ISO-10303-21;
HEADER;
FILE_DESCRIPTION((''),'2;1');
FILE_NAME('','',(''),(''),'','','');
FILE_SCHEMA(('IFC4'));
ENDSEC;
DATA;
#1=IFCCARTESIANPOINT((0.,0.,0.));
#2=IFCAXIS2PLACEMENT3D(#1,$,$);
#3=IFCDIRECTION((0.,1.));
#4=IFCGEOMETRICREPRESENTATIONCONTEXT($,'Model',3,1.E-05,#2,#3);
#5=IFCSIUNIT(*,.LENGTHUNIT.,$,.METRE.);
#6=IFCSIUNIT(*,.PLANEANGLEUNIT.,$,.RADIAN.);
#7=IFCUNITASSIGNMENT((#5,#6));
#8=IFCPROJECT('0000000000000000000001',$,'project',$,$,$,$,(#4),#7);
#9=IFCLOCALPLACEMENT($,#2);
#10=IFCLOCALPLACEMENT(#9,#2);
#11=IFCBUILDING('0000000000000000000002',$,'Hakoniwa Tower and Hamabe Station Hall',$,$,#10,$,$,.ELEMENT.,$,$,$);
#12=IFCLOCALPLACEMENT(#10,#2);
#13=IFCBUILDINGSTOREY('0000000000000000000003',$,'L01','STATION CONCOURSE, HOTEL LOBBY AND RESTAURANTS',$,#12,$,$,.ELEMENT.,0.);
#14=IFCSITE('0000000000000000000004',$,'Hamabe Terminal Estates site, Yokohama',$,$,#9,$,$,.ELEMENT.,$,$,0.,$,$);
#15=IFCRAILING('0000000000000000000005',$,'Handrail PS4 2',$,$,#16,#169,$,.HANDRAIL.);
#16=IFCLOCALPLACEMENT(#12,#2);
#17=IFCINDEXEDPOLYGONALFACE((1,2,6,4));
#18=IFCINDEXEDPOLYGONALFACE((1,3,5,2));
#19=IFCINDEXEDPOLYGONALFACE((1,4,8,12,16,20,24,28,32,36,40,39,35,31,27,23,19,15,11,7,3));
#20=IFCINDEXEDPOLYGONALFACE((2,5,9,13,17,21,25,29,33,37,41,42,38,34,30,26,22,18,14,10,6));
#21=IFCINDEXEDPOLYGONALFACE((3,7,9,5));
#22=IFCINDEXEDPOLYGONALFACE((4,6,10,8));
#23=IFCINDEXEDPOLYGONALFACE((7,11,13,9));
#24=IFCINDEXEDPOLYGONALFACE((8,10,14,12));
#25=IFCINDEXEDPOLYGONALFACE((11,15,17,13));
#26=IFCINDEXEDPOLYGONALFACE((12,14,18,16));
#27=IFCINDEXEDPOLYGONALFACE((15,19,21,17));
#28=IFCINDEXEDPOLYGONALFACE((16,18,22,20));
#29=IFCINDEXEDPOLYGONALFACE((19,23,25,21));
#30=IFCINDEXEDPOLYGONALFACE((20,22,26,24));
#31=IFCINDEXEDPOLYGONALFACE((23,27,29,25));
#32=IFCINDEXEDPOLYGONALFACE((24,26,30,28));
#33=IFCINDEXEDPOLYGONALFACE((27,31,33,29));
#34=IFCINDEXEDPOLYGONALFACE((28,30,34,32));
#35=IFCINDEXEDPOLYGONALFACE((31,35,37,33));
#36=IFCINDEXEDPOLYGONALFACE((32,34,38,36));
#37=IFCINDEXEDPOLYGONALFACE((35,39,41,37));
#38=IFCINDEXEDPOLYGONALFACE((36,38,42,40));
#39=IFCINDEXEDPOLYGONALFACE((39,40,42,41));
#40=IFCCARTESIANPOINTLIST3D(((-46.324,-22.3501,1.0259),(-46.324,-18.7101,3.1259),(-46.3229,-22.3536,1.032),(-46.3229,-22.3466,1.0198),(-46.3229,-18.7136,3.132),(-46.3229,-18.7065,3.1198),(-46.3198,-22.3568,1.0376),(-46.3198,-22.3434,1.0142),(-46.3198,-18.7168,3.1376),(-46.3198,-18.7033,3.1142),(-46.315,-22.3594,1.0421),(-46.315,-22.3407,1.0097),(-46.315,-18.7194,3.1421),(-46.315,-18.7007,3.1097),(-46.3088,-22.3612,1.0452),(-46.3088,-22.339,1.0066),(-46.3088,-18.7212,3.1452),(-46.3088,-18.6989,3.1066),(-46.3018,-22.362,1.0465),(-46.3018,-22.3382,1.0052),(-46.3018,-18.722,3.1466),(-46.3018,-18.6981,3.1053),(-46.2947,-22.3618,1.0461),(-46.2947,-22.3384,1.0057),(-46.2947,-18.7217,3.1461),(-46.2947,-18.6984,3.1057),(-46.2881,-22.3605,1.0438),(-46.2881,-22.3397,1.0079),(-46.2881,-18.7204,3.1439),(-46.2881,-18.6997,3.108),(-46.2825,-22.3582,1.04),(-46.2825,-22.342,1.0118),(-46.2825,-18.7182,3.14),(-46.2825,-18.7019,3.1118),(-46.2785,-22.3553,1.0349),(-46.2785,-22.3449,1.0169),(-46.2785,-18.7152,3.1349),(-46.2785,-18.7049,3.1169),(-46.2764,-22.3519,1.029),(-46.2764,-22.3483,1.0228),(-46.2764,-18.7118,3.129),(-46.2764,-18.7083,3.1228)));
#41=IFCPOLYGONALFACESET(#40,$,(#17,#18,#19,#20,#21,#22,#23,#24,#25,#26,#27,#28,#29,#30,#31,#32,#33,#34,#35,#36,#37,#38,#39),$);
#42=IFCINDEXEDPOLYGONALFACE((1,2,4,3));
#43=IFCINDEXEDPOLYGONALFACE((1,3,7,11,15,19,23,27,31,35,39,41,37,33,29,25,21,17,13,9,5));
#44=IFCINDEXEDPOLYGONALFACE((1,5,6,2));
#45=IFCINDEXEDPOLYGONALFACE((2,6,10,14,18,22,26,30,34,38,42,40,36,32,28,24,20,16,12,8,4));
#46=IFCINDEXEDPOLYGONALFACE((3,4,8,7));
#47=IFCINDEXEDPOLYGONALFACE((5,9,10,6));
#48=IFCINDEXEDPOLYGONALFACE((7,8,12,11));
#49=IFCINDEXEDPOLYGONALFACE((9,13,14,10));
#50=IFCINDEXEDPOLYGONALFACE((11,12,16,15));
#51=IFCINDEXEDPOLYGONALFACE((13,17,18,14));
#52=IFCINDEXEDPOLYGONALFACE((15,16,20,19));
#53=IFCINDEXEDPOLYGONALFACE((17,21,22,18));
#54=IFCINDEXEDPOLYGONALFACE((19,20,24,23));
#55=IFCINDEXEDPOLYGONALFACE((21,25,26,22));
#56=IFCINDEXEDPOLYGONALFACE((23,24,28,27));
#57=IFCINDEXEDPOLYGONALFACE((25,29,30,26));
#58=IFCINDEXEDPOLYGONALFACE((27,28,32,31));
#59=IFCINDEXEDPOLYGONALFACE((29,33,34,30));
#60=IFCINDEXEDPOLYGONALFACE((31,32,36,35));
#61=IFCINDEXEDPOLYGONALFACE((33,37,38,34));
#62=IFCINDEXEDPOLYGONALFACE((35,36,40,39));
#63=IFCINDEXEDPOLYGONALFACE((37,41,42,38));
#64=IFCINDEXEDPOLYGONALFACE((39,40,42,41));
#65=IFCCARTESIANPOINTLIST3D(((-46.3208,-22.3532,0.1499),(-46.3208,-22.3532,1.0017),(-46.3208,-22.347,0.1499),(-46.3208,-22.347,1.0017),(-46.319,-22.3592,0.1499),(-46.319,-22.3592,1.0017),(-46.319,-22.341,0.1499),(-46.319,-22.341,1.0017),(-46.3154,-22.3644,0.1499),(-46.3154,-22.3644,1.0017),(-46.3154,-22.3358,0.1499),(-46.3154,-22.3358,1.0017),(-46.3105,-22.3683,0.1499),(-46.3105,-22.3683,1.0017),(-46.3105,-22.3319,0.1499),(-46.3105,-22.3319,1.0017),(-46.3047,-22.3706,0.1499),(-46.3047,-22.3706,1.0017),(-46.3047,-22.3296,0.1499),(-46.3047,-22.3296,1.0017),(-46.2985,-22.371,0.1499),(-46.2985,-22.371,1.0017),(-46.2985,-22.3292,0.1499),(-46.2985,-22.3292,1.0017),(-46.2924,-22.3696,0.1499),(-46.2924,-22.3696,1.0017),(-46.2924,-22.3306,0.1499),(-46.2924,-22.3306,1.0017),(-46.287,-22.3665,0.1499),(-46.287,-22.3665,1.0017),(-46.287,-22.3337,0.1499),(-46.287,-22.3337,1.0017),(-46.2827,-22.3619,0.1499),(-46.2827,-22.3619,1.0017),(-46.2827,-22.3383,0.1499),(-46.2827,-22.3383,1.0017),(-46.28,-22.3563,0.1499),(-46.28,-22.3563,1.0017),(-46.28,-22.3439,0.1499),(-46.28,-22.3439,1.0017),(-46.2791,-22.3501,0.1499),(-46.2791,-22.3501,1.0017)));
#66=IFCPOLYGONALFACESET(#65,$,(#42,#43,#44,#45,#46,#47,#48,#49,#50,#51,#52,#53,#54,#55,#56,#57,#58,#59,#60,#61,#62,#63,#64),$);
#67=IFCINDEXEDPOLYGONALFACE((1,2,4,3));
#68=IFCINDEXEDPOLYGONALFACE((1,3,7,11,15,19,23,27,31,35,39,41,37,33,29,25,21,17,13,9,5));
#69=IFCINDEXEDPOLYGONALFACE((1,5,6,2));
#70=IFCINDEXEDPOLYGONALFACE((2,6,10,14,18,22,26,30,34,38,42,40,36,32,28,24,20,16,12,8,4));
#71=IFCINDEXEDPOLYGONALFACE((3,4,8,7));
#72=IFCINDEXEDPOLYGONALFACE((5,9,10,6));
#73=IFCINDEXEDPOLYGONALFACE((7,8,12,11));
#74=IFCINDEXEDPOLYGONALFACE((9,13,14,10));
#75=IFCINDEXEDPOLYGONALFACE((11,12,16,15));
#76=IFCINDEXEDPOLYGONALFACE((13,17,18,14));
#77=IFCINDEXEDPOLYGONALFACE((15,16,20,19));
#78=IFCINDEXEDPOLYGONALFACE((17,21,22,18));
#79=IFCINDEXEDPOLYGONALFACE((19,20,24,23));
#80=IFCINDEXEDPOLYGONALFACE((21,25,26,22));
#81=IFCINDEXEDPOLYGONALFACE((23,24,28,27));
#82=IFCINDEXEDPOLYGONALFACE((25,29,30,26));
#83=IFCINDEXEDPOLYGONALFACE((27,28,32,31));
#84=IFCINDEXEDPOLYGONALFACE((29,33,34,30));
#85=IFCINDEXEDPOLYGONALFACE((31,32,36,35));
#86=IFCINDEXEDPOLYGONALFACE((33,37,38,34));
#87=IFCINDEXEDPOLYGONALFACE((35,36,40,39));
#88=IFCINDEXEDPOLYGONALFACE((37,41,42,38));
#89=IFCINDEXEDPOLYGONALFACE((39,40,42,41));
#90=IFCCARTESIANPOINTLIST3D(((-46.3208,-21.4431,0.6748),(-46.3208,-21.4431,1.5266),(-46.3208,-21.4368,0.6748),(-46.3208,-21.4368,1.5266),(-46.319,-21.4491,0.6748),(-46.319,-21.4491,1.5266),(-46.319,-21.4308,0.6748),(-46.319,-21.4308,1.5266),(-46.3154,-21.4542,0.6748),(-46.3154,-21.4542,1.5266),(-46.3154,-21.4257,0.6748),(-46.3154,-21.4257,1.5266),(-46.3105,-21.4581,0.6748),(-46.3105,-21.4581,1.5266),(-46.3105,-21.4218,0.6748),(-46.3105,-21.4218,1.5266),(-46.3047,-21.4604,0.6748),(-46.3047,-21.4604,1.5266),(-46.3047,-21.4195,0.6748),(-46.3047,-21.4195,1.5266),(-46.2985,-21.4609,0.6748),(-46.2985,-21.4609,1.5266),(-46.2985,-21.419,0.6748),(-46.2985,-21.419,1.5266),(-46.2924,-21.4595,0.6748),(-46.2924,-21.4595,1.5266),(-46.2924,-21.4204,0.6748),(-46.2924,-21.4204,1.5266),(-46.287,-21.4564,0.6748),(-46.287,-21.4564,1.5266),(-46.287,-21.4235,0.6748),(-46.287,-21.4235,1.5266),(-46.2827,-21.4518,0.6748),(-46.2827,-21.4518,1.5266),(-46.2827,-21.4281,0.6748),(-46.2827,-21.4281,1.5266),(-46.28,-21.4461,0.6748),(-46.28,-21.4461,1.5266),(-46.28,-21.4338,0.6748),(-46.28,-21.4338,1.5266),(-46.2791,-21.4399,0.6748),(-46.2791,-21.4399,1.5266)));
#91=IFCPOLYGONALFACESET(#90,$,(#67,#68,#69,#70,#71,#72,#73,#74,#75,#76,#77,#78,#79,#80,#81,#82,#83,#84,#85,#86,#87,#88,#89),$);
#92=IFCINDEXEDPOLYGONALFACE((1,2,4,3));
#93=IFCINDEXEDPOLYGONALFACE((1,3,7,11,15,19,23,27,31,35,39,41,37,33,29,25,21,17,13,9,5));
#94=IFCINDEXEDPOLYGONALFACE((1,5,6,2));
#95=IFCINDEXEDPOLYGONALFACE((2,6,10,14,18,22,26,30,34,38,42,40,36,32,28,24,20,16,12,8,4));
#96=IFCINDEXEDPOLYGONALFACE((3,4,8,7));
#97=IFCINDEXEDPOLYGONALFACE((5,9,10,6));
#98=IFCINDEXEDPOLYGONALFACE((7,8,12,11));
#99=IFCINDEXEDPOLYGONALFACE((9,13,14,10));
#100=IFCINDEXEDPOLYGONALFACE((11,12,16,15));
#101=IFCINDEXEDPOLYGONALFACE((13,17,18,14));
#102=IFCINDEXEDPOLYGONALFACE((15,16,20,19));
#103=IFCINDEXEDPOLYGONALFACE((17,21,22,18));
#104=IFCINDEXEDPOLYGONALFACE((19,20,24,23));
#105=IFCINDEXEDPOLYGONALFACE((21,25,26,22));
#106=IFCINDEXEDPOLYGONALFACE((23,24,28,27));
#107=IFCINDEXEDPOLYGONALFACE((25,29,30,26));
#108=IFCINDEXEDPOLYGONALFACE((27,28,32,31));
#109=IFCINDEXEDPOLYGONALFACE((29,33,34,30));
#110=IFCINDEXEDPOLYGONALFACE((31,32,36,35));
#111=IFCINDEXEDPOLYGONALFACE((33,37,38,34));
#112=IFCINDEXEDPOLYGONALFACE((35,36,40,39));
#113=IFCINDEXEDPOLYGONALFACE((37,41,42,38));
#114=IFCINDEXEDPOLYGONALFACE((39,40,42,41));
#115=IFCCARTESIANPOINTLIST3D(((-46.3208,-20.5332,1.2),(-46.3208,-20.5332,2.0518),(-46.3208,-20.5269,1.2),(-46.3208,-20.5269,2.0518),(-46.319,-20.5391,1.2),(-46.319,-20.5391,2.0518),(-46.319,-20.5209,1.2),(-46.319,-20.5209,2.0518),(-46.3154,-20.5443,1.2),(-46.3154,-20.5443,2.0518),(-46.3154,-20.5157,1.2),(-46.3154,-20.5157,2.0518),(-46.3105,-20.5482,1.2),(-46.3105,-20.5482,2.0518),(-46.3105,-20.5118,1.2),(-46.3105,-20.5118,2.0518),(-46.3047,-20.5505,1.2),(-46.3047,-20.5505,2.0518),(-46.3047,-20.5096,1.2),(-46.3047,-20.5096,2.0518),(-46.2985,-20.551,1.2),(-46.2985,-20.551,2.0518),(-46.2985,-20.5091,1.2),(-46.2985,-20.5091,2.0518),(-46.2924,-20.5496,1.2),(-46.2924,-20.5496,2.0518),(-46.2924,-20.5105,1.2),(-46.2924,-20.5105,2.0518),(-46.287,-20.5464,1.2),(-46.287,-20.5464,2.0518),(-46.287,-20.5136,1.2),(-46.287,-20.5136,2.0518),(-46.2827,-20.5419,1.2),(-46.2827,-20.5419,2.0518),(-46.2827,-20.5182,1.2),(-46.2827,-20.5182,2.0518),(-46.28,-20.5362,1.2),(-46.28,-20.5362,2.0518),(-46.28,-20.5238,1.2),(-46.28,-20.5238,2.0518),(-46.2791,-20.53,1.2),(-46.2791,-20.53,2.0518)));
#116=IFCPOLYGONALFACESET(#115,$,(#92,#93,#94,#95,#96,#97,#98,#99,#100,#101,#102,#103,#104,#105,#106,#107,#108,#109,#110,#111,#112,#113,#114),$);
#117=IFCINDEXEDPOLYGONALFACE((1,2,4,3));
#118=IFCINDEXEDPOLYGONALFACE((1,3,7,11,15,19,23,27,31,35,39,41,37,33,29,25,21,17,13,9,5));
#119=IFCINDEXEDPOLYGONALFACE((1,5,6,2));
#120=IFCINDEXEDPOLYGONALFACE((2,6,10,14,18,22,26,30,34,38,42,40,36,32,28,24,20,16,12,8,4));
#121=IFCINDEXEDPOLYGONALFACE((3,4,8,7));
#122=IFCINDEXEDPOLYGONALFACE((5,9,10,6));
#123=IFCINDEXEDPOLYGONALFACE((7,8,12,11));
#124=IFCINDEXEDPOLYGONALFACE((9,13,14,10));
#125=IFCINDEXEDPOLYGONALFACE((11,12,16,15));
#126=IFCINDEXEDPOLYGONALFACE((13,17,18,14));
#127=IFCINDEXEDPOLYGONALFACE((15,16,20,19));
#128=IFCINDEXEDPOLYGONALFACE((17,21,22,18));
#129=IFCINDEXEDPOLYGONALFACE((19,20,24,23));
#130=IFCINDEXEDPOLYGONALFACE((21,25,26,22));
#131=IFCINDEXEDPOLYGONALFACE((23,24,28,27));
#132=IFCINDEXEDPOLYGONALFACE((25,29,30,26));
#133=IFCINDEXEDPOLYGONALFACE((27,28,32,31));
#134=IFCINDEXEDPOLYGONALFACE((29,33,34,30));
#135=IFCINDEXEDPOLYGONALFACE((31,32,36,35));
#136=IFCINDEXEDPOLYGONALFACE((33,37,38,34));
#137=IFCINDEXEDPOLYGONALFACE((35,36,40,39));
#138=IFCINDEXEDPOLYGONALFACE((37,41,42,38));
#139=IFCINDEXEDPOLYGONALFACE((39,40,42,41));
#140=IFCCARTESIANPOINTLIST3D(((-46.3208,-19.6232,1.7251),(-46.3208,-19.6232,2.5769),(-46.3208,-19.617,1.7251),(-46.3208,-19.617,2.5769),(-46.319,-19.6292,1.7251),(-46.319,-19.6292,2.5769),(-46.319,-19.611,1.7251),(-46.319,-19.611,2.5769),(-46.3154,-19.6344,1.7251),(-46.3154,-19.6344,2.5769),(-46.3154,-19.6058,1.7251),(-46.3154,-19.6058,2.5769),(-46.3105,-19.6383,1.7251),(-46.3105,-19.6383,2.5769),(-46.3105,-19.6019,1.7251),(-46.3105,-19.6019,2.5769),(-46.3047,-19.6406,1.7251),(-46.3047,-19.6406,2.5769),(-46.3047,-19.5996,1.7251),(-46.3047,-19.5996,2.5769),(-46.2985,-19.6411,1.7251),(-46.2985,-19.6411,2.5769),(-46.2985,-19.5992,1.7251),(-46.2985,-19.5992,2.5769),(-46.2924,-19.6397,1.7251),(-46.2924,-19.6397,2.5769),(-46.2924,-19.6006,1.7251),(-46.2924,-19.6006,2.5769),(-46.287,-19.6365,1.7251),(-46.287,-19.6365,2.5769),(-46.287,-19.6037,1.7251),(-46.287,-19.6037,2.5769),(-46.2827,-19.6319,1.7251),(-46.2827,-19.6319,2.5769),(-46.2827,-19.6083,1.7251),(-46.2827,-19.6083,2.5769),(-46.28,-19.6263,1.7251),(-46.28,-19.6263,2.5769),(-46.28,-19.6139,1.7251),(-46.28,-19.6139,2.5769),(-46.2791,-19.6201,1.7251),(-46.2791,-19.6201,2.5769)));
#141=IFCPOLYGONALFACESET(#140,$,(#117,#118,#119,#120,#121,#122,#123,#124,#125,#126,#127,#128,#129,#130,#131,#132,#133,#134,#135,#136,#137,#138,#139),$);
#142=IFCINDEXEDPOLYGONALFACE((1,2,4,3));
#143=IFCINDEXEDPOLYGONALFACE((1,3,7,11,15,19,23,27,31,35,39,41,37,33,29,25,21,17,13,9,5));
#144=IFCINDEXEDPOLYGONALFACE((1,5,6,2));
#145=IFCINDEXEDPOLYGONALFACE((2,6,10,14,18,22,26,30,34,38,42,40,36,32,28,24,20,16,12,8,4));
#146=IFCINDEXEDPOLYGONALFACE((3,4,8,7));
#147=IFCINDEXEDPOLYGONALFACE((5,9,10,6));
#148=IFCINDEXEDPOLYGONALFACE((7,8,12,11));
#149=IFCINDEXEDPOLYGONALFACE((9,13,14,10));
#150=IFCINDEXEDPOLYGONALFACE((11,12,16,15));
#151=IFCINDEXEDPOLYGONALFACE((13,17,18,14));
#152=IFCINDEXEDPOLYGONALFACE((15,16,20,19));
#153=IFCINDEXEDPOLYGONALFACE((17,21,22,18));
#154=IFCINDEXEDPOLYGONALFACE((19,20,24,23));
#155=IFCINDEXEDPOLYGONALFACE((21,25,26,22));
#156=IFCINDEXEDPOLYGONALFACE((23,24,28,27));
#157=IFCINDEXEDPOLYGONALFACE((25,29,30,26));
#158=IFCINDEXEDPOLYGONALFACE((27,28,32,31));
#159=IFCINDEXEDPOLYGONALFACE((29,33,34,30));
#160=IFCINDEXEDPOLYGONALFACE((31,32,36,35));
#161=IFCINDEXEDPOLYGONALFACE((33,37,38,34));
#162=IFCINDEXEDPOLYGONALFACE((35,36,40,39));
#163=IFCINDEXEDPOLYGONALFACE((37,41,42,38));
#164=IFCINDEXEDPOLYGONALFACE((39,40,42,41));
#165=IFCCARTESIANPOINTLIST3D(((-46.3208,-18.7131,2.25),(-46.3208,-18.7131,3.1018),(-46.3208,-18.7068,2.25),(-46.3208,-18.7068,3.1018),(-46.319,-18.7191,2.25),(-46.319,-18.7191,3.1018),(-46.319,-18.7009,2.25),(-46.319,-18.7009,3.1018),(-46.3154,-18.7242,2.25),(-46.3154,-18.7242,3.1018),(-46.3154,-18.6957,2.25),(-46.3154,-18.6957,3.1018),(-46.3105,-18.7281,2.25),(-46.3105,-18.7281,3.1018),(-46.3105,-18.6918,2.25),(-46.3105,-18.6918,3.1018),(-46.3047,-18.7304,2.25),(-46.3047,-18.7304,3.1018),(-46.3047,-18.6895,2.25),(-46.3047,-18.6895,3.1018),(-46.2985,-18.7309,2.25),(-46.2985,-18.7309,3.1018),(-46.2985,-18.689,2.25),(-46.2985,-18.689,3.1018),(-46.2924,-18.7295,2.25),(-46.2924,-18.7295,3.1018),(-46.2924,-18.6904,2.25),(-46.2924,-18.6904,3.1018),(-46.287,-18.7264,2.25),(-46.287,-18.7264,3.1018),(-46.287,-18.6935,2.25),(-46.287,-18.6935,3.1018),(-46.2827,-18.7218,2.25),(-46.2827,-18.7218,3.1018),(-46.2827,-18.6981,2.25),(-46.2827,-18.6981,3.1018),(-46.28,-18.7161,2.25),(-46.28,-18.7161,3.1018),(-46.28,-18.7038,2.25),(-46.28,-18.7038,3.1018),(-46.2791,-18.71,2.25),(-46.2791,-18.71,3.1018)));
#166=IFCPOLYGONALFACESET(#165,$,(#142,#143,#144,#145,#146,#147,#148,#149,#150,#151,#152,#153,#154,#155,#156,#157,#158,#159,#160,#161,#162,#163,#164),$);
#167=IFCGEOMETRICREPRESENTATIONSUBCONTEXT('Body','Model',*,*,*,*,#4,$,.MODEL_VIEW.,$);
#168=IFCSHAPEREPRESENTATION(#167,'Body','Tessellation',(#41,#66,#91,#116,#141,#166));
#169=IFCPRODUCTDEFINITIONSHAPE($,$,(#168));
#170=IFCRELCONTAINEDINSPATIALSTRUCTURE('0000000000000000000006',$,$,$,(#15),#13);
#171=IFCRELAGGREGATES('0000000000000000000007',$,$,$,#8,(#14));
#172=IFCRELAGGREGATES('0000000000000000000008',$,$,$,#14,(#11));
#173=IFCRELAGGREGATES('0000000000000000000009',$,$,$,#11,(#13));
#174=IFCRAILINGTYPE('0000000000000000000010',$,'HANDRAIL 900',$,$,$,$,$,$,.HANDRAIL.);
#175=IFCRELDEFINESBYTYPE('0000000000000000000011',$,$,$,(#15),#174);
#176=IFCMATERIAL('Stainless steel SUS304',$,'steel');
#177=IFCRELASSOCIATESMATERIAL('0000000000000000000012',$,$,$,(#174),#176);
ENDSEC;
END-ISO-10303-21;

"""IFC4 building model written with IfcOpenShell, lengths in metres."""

from ifc_helpers import new_model, si_unit, direction, frame, origin, origin_2d, place, context, subcontext, project, spatial, circle, extrude, material, type_object, element, save


model = new_model("IFC4")

# Units and contexts
model_context = context("Model", 3, precision=1e-05, world=origin(), true_north=direction((0.0, 1.0)))
body_context = subcontext(model_context, "Body", "Model", "MODEL_VIEW")
ifc_project = project(units=[si_unit("LENGTHUNIT", "METRE"), si_unit("PLANEANGLEUNIT", "RADIAN")], contexts=[model_context])

# Site, building, storey
site_placement = place(None, origin())
site = spatial("IfcSite", under=ifc_project, at=site_placement, Name="Hamabe Terminal Estates site, Yokohama", CompositionType="ELEMENT", RefElevation=0.0)
building_placement = place(site_placement, origin())
building = spatial("IfcBuilding", under=site, at=building_placement, Name="Hakoniwa Tower and Hamabe Station Hall", CompositionType="ELEMENT")
storey_placement = place(building_placement, origin())
storey = spatial("IfcBuildingStorey", under=building, at=storey_placement, Name="L01", Description="STATION CONCOURSE, HOTEL LOBBY AND RESTAURANTS", CompositionType="ELEMENT", Elevation=0.0)

# Railing
ifc_material_1 = material(Name="Stainless steel SUS304", Category="steel")
railing_type = type_object("IfcRailingType", Name="HANDRAIL 900", PredefinedType="HANDRAIL", material=ifc_material_1)
railing_1_placement = place(storey_placement, frame((-46.3, -22.3501, 0.1499)))
element("IfcRailing", 1, at=railing_1_placement, inside=storey, type_object=railing_type, Name="Handrail PS4 2", PredefinedType="HANDRAIL", context=body_context, shape_type="SweptSolid", body=[
    extrude(circle(Radius=0.0239, at=origin_2d()), frame((0.0, 0.0, 0.876), z_axis=(0.0, 0.866184, 0.499726), x_axis=(-1.0, 0.0, 0.0)), (0.0, 0.0, 1.0), 4.2024),
    extrude(circle(Radius=0.021, at=origin_2d()), origin(), (0.0, 0.0, 1.0), 0.8518),
    extrude(circle(Radius=0.021, at=origin_2d()), frame((0.0, 0.9102, 0.5249)), (0.0, 0.0, 1.0), 0.8518),
    extrude(circle(Radius=0.021, at=origin_2d()), frame((0.0, 1.8201, 1.05)), (0.0, 0.0, 1.0), 0.8518),
    extrude(circle(Radius=0.021, at=origin_2d()), frame((0.0, 2.73, 1.5752)), (0.0, 0.0, 1.0), 0.8518),
    extrude(circle(Radius=0.021, at=origin_2d()), frame((0.0, 3.6401, 2.1001)), (0.0, 0.0, 1.0), 0.8518),
])

save(model, "model.ifc")
